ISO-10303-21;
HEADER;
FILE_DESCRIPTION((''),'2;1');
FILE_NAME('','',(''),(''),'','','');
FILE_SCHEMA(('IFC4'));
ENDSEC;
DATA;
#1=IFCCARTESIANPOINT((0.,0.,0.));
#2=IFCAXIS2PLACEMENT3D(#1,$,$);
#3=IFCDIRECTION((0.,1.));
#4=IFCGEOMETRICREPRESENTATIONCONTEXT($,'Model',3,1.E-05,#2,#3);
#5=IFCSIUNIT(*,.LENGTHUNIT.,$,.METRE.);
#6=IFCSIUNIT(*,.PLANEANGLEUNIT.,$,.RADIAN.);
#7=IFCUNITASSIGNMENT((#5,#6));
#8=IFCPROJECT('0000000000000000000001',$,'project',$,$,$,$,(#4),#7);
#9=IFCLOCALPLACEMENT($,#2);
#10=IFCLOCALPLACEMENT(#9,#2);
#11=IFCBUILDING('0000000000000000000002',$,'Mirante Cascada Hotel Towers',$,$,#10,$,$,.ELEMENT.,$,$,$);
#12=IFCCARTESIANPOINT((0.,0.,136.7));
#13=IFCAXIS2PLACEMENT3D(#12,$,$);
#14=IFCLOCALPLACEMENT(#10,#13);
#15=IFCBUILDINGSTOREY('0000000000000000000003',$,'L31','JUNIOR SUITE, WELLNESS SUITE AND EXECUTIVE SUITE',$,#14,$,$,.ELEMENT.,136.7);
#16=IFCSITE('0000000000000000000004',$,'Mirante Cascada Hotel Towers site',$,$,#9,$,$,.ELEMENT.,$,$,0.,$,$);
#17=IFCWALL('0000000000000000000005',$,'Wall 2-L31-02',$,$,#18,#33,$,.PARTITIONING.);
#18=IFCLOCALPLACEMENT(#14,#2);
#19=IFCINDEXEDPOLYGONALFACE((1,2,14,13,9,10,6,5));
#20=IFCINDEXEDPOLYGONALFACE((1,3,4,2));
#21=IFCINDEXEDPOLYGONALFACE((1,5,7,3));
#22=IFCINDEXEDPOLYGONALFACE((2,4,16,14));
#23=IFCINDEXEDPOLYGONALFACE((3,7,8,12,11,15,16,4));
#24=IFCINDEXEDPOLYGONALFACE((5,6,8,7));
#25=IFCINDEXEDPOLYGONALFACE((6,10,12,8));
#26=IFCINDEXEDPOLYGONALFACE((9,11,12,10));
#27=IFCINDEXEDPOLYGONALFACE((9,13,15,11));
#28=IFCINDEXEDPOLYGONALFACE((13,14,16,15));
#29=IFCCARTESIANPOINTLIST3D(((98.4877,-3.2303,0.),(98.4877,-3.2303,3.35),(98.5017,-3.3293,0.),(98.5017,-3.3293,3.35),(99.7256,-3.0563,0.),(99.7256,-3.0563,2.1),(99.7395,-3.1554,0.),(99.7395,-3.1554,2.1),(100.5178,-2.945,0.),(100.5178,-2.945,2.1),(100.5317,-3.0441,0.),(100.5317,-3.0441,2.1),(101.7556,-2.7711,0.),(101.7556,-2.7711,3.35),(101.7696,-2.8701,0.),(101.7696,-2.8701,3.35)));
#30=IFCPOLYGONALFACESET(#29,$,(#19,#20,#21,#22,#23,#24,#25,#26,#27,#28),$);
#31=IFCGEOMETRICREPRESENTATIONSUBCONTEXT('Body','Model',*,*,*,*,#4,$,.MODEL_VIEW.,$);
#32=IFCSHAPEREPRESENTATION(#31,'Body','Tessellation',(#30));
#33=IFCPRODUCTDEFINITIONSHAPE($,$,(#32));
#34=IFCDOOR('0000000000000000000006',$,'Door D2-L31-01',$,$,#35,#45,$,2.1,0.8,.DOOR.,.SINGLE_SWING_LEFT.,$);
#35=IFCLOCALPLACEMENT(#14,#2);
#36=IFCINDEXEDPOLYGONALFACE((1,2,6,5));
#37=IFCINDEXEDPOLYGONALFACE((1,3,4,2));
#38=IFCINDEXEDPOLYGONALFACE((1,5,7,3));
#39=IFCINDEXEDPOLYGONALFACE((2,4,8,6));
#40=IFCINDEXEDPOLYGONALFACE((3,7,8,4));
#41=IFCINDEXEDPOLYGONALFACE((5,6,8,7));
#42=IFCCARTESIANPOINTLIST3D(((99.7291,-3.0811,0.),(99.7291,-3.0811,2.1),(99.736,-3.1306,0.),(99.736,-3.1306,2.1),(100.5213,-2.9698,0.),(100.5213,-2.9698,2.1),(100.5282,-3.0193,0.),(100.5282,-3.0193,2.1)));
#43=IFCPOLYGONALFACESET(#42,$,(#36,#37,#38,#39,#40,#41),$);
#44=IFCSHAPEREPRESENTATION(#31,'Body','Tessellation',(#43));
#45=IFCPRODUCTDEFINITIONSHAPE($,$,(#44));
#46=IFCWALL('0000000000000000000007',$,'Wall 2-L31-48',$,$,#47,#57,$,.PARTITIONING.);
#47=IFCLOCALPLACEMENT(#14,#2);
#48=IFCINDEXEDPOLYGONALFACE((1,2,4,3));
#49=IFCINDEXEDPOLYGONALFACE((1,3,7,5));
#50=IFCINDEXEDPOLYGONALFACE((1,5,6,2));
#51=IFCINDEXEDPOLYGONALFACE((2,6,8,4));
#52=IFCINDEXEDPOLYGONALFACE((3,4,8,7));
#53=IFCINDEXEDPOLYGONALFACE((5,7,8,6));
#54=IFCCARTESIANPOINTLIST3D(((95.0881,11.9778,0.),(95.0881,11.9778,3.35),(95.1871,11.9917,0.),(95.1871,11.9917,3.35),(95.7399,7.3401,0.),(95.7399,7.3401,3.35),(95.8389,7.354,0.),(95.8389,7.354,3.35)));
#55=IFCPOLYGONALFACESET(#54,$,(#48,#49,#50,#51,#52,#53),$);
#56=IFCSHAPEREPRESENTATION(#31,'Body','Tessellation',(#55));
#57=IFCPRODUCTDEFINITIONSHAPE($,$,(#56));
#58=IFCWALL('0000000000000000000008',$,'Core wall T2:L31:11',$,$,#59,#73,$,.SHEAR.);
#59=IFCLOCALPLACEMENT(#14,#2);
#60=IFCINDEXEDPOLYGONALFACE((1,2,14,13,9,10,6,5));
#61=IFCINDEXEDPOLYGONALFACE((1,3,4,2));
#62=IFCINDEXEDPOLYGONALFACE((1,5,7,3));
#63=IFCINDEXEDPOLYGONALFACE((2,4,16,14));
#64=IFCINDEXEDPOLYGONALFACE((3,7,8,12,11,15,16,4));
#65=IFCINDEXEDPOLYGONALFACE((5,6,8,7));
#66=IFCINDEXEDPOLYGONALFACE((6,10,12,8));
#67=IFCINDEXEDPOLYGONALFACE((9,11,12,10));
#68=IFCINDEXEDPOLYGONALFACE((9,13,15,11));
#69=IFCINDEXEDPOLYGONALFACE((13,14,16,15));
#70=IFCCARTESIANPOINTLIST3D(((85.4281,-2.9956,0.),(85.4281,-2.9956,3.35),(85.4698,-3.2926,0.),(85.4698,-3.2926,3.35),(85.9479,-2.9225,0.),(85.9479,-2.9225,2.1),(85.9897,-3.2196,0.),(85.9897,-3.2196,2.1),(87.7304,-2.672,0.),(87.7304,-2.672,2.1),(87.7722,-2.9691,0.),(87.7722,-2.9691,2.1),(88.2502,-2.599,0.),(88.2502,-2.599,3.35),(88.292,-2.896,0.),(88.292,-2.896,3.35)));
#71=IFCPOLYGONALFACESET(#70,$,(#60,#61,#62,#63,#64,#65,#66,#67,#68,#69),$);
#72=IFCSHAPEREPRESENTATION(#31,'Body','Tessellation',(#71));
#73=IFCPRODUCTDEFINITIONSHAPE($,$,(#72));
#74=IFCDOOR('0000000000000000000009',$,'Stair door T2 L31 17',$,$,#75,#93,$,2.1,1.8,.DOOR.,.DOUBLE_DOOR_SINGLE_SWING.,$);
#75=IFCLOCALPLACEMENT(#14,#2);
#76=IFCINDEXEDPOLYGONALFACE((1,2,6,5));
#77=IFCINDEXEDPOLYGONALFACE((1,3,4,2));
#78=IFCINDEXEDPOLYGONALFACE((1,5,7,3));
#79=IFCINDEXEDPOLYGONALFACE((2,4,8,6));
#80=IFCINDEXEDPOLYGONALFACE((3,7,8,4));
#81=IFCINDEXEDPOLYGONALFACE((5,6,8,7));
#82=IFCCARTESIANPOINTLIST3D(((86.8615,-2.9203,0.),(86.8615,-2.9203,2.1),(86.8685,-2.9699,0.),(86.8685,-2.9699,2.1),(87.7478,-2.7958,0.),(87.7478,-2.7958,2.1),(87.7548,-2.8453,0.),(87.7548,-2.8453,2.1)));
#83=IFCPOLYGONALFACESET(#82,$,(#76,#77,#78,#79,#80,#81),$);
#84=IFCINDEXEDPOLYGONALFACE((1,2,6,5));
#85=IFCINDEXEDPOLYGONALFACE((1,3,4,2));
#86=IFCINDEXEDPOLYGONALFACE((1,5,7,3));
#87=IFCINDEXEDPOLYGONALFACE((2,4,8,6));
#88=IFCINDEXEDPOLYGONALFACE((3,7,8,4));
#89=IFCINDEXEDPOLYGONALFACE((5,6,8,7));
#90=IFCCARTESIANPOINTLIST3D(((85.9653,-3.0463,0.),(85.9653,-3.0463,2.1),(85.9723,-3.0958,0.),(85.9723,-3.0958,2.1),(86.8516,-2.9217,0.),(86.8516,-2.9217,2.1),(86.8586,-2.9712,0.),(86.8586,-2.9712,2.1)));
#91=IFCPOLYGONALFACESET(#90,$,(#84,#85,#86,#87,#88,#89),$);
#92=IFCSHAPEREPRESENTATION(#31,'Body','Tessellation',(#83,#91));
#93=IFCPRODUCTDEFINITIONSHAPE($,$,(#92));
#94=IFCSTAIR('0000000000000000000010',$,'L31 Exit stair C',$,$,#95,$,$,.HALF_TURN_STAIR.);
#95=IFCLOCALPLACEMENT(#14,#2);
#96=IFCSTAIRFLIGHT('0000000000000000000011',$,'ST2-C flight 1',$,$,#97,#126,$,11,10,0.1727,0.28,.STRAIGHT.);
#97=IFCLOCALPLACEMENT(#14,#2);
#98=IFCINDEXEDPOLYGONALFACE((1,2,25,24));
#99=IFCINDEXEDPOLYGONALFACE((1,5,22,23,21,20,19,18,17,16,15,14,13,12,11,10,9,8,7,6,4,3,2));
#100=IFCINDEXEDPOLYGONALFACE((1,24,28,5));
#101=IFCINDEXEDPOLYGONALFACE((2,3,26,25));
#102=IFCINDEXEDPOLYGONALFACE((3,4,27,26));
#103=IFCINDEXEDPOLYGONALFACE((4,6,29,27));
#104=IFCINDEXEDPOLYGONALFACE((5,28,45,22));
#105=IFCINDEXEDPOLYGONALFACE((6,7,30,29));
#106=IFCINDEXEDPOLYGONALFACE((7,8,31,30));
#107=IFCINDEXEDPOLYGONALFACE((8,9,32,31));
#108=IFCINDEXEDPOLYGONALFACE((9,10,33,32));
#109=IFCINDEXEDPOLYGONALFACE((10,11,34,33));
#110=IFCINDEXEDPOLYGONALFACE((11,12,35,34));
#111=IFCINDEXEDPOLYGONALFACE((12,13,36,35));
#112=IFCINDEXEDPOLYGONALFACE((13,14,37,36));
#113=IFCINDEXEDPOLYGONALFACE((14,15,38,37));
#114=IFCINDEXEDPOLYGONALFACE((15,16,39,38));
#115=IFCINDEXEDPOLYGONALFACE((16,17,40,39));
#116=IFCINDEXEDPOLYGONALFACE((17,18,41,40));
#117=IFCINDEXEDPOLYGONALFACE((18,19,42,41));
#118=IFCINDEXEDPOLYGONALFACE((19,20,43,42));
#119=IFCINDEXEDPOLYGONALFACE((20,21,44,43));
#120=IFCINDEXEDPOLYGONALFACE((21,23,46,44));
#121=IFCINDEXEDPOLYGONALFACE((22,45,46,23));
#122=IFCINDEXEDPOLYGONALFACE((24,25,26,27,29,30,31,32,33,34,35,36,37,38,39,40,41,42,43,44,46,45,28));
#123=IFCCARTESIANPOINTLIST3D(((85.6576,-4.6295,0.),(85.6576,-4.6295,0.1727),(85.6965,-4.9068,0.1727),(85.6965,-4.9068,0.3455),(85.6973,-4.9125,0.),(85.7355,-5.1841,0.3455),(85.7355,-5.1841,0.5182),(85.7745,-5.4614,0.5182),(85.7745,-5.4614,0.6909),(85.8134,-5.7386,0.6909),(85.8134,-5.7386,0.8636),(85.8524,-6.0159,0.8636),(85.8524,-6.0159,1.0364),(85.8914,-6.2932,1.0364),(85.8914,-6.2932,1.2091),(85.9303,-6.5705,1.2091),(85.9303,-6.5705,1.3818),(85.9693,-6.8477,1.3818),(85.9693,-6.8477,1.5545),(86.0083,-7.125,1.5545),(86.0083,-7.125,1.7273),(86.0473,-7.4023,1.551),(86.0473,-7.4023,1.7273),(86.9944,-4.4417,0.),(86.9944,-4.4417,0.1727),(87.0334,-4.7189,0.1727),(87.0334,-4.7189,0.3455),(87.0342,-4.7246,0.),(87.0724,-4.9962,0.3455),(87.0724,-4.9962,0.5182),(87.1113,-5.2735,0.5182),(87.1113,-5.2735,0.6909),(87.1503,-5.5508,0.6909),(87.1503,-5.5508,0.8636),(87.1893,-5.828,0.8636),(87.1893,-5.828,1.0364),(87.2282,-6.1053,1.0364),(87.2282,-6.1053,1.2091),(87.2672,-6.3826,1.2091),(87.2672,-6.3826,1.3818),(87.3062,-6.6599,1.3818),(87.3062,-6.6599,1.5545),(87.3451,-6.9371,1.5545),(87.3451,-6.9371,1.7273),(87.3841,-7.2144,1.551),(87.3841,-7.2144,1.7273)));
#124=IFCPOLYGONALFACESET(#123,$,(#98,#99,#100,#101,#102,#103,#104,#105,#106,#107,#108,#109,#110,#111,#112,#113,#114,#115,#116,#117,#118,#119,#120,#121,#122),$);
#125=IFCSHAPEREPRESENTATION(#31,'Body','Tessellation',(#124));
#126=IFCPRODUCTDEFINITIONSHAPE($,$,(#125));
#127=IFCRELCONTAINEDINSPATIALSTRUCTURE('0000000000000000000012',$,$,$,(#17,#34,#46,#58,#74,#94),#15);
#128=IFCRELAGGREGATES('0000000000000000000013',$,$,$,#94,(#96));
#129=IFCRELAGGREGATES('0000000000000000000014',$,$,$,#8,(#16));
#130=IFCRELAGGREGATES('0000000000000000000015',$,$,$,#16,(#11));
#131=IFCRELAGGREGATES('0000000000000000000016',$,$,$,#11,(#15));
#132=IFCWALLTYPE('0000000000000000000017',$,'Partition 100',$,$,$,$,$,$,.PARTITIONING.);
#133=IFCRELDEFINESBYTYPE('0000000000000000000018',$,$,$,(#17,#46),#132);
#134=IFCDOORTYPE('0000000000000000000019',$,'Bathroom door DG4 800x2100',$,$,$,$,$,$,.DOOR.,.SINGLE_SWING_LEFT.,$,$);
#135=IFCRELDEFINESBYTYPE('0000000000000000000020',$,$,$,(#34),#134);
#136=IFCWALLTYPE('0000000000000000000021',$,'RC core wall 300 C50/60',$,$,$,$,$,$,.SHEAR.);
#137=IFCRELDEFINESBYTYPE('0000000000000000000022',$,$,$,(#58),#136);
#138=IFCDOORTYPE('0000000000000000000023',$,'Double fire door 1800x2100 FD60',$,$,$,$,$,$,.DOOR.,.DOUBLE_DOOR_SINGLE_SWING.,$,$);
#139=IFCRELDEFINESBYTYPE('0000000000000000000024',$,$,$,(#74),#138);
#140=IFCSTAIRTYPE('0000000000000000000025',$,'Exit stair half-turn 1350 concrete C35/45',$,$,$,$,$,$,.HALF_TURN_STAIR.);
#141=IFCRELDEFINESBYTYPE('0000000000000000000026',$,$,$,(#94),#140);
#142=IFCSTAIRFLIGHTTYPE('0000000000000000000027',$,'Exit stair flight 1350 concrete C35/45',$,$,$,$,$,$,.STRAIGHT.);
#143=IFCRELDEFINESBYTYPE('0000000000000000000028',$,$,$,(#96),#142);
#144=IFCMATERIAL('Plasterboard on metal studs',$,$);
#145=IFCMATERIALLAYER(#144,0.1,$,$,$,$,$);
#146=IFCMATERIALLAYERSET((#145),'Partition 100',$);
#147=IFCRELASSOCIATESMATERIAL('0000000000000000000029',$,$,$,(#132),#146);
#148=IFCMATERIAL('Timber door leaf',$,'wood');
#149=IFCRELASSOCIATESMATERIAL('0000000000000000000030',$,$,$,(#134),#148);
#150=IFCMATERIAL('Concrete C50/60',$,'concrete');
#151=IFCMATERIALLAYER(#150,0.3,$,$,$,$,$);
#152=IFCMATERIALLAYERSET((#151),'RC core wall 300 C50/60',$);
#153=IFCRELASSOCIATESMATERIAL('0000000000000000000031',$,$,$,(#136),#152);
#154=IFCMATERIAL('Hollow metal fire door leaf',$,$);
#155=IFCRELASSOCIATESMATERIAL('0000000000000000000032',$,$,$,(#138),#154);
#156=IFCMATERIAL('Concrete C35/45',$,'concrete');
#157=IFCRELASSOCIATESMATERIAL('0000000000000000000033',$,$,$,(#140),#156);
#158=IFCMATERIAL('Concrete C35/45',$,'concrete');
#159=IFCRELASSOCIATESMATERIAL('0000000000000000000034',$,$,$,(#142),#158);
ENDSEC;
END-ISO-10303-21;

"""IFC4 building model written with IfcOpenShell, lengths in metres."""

from ifc_helpers import new_model, si_unit, direction, frame, frame_2d, origin, place, context, subcontext, project, spatial, polyline, rectangle, outline, extrude, material, layer, layer_set, type_object, element, fill, aggregate, save


model = new_model("IFC4")

# Units and contexts
model_context = context("Model", 3, precision=1e-05, world=origin(), true_north=direction((0.0, 1.0)))
body_context = subcontext(model_context, "Body", "Model", "MODEL_VIEW")
ifc_project = project(units=[si_unit("LENGTHUNIT", "METRE"), si_unit("PLANEANGLEUNIT", "RADIAN")], contexts=[model_context])

# Site, building, storey
site_placement = place(None, origin())
site = spatial("IfcSite", under=ifc_project, at=site_placement, Name="Mirante Cascada Hotel Towers site", CompositionType="ELEMENT", RefElevation=0.0)
building_placement = place(site_placement, origin())
building = spatial("IfcBuilding", under=site, at=building_placement, Name="Mirante Cascada Hotel Towers", CompositionType="ELEMENT")
storey_placement = place(building_placement, frame((0.0, 0.0, 136.7)))
storey = spatial("IfcBuildingStorey", under=building, at=storey_placement, Name="L31", Description="JUNIOR SUITE, WELLNESS SUITE AND EXECUTIVE SUITE", CompositionType="ELEMENT", Elevation=136.7)

# Wall, opening, door
ifc_material_1 = material(Name="Plasterboard on metal studs")
ifc_layer_1 = layer(ifc_material_1, 0.1)
ifc_layer_set_1 = layer_set([ifc_layer_1], Name="Partition 100")
wall_type_1 = type_object("IfcWallType", Name="Partition 100", PredefinedType="PARTITIONING", material=ifc_layer_set_1)
wall_1_placement = place(storey_placement, frame((98.4947, -3.2798, 0.0), z_axis=(0.0, 0.0, 1.0), x_axis=(0.990271, 0.139151, 0.0)))
wall_1 = element("IfcWall", 1, at=wall_1_placement, inside=storey, type_object=wall_type_1, Name="Wall 2-L31-02", PredefinedType="PARTITIONING", context=body_context, shape_type="SweptSolid", body=[
    extrude(rectangle(XDim=3.3, YDim=0.1, at=frame_2d((1.65, 0.0))), origin(), (0.0, 0.0, 1.0), 3.35),
])
opening_1_placement = place(wall_1_placement, frame((1.25, 0.0, 0.0)))
opening_1 = element("IfcOpeningElement", 2, at=opening_1_placement, cuts=wall_1, PredefinedType="OPENING", context=body_context, shape_type="SweptSolid", body=[
    extrude(rectangle(XDim=0.8, YDim=2.1, at=frame_2d((0.4, 1.05))), frame((0.0, 0.05, 0.0), z_axis=(0.0, -1.0, 0.0), x_axis=(1.0, 0.0, 0.0)), (0.0, 0.0, 1.0), 0.1),
])
ifc_material_2 = material(Name="Timber door leaf", Category="wood")
door_type_1 = type_object("IfcDoorType", Name="Bathroom door DG4 800x2100", OperationType="SINGLE_SWING_LEFT", PredefinedType="DOOR", material=ifc_material_2)
door_1_placement = place(opening_1_placement, origin())
door_1 = element("IfcDoor", 3, at=door_1_placement, inside=storey, type_object=door_type_1, Name="Door D2-L31-01", OperationType="SINGLE_SWING_LEFT", OverallHeight=2.1, OverallWidth=0.8, PredefinedType="DOOR", context=body_context, shape_type="SweptSolid", body=[
    extrude(rectangle(XDim=0.8, YDim=2.1, at=frame_2d((0.4, 1.05))), frame((0.0, 0.025, 0.0), z_axis=(0.0, -1.0, 0.0), x_axis=(1.0, 0.0, 0.0)), (0.0, 0.0, 1.0), 0.05),
])
fill(opening_1, door_1)

# Wall
wall_2_placement = place(storey_placement, frame((95.7894, 7.3471, 0.0), z_axis=(0.0, 0.0, 1.0), x_axis=(-0.139176, 0.990268, 0.0)))
element("IfcWall", 4, at=wall_2_placement, inside=storey, type_object=wall_type_1, Name="Wall 2-L31-48", PredefinedType="PARTITIONING", context=body_context, shape_type="SweptSolid", body=[
    extrude(rectangle(XDim=4.6833, YDim=0.1, at=frame_2d((2.3416, 0.0))), origin(), (0.0, 0.0, 1.0), 3.35),
])

# Wall, opening, door
ifc_material_3 = material(Name="Concrete C50/60", Category="concrete")
ifc_layer_2 = layer(ifc_material_3, 0.3)
ifc_layer_set_2 = layer_set([ifc_layer_2], Name="RC core wall 300 C50/60")
wall_type_2 = type_object("IfcWallType", Name="RC core wall 300 C50/60", PredefinedType="SHEAR", material=ifc_layer_set_2)
wall_3_placement = place(storey_placement, frame((85.4489, -3.1441, 0.0), z_axis=(0.0, 0.0, 1.0), x_axis=(0.99027, 0.139161, 0.0)))
wall_3 = element("IfcWall", 5, at=wall_3_placement, inside=storey, type_object=wall_type_2, Name="Core wall T2:L31:11", PredefinedType="SHEAR", context=body_context, shape_type="SweptSolid", body=[
    extrude(rectangle(XDim=2.8499, YDim=0.3, at=frame_2d((1.425, 0.0))), origin(), (0.0, 0.0, 1.0), 3.35),
])
opening_2_placement = place(wall_3_placement, frame((0.525, 0.0, 0.0)))
opening_2 = element("IfcOpeningElement", 6, at=opening_2_placement, cuts=wall_3, PredefinedType="OPENING", context=body_context, shape_type="SweptSolid", body=[
    extrude(rectangle(XDim=1.8, YDim=2.1, at=frame_2d((0.9, 1.05))), frame((0.0, 0.15, 0.0), z_axis=(0.0, -1.0, 0.0), x_axis=(1.0, 0.0, 0.0)), (0.0, 0.0, 1.0), 0.3),
])
ifc_material_4 = material(Name="Hollow metal fire door leaf")
door_type_2 = type_object("IfcDoorType", Name="Double fire door 1800x2100 FD60", OperationType="DOUBLE_DOOR_SINGLE_SWING", PredefinedType="DOOR", material=ifc_material_4)
door_2_placement = place(opening_2_placement, frame((1.8, 0.0, 0.0), z_axis=(0.0, 0.0, 1.0), x_axis=(-1.0, 0.0, 0.0)))
door_2 = element("IfcDoor", 7, at=door_2_placement, inside=storey, type_object=door_type_2, Name="Stair door T2 L31 17", OperationType="DOUBLE_DOOR_SINGLE_SWING", OverallHeight=2.1, OverallWidth=1.8, PredefinedType="DOOR", context=body_context, shape_type="SweptSolid", body=[
    extrude(rectangle(XDim=0.895, YDim=2.1, at=frame_2d((0.4475, 1.05))), frame((0.0, 0.025, 0.0), z_axis=(0.0, -1.0, 0.0), x_axis=(1.0, 0.0, 0.0)), (0.0, 0.0, 1.0), 0.05),
    extrude(rectangle(XDim=0.895, YDim=2.1, at=frame_2d((1.3525, 1.05))), frame((0.0, 0.025, 0.0), z_axis=(0.0, -1.0, 0.0), x_axis=(1.0, 0.0, 0.0)), (0.0, 0.0, 1.0), 0.05),
])
fill(opening_2, door_2)

# Stair, stair flight
ifc_material_5 = material(Name="Concrete C35/45", Category="concrete")
stair_type = type_object("IfcStairType", Name="Exit stair half-turn 1350 concrete C35/45", PredefinedType="HALF_TURN_STAIR", material=ifc_material_5)
stair_placement = place(storey_placement, origin())
stair = element("IfcStair", 8, at=stair_placement, inside=storey, type_object=stair_type, Name="L31 Exit stair C", PredefinedType="HALF_TURN_STAIR")
ifc_material_6 = material(Name="Concrete C35/45", Category="concrete")
stair_flight_type = type_object("IfcStairFlightType", Name="Exit stair flight 1350 concrete C35/45", PredefinedType="STRAIGHT", material=ifc_material_6)
stair_flight_placement = place(storey_placement, frame((86.326, -4.5356, 0.0), z_axis=(0.0, 0.0, 1.0), x_axis=(0.139173, -0.990268, 0.0)))
stair_flight = element("IfcStairFlight", 9, at=stair_flight_placement, type_object=stair_flight_type, Name="ST2-C flight 1", NumberOfRisers=11, NumberOfTreads=10, PredefinedType="STRAIGHT", RiserHeight=0.1727, TreadLength=0.28, context=body_context, shape_type="SweptSolid", body=[
    extrude(outline(polyline([(0.0, 0.0), (0.0, 0.1727), (0.28, 0.1727), (0.28, 0.3455), (0.56, 0.3455), (0.56, 0.5182), (0.84, 0.5182), (0.84, 0.6909), (1.12, 0.6909), (1.12, 0.8636), (1.4, 0.8636), (1.4, 1.0364), (1.68, 1.0364), (1.68, 1.2091), (1.96, 1.2091), (1.96, 1.3818), (2.24, 1.3818), (2.24, 1.5545), (2.52, 1.5545), (2.52, 1.7273), (2.8, 1.7273), (2.8, 1.9), (2.8, 1.551), (0.2857, 0.0), (0.0, 0.0)])), frame((0.0, 0.675, 0.0), z_axis=(0.0, -1.0, 0.0), x_axis=(1.0, 0.0, 0.0)), (0.0, 0.0, 1.0), 1.35),
])
aggregate(stair, [stair_flight])

save(model, "model.ifc")
